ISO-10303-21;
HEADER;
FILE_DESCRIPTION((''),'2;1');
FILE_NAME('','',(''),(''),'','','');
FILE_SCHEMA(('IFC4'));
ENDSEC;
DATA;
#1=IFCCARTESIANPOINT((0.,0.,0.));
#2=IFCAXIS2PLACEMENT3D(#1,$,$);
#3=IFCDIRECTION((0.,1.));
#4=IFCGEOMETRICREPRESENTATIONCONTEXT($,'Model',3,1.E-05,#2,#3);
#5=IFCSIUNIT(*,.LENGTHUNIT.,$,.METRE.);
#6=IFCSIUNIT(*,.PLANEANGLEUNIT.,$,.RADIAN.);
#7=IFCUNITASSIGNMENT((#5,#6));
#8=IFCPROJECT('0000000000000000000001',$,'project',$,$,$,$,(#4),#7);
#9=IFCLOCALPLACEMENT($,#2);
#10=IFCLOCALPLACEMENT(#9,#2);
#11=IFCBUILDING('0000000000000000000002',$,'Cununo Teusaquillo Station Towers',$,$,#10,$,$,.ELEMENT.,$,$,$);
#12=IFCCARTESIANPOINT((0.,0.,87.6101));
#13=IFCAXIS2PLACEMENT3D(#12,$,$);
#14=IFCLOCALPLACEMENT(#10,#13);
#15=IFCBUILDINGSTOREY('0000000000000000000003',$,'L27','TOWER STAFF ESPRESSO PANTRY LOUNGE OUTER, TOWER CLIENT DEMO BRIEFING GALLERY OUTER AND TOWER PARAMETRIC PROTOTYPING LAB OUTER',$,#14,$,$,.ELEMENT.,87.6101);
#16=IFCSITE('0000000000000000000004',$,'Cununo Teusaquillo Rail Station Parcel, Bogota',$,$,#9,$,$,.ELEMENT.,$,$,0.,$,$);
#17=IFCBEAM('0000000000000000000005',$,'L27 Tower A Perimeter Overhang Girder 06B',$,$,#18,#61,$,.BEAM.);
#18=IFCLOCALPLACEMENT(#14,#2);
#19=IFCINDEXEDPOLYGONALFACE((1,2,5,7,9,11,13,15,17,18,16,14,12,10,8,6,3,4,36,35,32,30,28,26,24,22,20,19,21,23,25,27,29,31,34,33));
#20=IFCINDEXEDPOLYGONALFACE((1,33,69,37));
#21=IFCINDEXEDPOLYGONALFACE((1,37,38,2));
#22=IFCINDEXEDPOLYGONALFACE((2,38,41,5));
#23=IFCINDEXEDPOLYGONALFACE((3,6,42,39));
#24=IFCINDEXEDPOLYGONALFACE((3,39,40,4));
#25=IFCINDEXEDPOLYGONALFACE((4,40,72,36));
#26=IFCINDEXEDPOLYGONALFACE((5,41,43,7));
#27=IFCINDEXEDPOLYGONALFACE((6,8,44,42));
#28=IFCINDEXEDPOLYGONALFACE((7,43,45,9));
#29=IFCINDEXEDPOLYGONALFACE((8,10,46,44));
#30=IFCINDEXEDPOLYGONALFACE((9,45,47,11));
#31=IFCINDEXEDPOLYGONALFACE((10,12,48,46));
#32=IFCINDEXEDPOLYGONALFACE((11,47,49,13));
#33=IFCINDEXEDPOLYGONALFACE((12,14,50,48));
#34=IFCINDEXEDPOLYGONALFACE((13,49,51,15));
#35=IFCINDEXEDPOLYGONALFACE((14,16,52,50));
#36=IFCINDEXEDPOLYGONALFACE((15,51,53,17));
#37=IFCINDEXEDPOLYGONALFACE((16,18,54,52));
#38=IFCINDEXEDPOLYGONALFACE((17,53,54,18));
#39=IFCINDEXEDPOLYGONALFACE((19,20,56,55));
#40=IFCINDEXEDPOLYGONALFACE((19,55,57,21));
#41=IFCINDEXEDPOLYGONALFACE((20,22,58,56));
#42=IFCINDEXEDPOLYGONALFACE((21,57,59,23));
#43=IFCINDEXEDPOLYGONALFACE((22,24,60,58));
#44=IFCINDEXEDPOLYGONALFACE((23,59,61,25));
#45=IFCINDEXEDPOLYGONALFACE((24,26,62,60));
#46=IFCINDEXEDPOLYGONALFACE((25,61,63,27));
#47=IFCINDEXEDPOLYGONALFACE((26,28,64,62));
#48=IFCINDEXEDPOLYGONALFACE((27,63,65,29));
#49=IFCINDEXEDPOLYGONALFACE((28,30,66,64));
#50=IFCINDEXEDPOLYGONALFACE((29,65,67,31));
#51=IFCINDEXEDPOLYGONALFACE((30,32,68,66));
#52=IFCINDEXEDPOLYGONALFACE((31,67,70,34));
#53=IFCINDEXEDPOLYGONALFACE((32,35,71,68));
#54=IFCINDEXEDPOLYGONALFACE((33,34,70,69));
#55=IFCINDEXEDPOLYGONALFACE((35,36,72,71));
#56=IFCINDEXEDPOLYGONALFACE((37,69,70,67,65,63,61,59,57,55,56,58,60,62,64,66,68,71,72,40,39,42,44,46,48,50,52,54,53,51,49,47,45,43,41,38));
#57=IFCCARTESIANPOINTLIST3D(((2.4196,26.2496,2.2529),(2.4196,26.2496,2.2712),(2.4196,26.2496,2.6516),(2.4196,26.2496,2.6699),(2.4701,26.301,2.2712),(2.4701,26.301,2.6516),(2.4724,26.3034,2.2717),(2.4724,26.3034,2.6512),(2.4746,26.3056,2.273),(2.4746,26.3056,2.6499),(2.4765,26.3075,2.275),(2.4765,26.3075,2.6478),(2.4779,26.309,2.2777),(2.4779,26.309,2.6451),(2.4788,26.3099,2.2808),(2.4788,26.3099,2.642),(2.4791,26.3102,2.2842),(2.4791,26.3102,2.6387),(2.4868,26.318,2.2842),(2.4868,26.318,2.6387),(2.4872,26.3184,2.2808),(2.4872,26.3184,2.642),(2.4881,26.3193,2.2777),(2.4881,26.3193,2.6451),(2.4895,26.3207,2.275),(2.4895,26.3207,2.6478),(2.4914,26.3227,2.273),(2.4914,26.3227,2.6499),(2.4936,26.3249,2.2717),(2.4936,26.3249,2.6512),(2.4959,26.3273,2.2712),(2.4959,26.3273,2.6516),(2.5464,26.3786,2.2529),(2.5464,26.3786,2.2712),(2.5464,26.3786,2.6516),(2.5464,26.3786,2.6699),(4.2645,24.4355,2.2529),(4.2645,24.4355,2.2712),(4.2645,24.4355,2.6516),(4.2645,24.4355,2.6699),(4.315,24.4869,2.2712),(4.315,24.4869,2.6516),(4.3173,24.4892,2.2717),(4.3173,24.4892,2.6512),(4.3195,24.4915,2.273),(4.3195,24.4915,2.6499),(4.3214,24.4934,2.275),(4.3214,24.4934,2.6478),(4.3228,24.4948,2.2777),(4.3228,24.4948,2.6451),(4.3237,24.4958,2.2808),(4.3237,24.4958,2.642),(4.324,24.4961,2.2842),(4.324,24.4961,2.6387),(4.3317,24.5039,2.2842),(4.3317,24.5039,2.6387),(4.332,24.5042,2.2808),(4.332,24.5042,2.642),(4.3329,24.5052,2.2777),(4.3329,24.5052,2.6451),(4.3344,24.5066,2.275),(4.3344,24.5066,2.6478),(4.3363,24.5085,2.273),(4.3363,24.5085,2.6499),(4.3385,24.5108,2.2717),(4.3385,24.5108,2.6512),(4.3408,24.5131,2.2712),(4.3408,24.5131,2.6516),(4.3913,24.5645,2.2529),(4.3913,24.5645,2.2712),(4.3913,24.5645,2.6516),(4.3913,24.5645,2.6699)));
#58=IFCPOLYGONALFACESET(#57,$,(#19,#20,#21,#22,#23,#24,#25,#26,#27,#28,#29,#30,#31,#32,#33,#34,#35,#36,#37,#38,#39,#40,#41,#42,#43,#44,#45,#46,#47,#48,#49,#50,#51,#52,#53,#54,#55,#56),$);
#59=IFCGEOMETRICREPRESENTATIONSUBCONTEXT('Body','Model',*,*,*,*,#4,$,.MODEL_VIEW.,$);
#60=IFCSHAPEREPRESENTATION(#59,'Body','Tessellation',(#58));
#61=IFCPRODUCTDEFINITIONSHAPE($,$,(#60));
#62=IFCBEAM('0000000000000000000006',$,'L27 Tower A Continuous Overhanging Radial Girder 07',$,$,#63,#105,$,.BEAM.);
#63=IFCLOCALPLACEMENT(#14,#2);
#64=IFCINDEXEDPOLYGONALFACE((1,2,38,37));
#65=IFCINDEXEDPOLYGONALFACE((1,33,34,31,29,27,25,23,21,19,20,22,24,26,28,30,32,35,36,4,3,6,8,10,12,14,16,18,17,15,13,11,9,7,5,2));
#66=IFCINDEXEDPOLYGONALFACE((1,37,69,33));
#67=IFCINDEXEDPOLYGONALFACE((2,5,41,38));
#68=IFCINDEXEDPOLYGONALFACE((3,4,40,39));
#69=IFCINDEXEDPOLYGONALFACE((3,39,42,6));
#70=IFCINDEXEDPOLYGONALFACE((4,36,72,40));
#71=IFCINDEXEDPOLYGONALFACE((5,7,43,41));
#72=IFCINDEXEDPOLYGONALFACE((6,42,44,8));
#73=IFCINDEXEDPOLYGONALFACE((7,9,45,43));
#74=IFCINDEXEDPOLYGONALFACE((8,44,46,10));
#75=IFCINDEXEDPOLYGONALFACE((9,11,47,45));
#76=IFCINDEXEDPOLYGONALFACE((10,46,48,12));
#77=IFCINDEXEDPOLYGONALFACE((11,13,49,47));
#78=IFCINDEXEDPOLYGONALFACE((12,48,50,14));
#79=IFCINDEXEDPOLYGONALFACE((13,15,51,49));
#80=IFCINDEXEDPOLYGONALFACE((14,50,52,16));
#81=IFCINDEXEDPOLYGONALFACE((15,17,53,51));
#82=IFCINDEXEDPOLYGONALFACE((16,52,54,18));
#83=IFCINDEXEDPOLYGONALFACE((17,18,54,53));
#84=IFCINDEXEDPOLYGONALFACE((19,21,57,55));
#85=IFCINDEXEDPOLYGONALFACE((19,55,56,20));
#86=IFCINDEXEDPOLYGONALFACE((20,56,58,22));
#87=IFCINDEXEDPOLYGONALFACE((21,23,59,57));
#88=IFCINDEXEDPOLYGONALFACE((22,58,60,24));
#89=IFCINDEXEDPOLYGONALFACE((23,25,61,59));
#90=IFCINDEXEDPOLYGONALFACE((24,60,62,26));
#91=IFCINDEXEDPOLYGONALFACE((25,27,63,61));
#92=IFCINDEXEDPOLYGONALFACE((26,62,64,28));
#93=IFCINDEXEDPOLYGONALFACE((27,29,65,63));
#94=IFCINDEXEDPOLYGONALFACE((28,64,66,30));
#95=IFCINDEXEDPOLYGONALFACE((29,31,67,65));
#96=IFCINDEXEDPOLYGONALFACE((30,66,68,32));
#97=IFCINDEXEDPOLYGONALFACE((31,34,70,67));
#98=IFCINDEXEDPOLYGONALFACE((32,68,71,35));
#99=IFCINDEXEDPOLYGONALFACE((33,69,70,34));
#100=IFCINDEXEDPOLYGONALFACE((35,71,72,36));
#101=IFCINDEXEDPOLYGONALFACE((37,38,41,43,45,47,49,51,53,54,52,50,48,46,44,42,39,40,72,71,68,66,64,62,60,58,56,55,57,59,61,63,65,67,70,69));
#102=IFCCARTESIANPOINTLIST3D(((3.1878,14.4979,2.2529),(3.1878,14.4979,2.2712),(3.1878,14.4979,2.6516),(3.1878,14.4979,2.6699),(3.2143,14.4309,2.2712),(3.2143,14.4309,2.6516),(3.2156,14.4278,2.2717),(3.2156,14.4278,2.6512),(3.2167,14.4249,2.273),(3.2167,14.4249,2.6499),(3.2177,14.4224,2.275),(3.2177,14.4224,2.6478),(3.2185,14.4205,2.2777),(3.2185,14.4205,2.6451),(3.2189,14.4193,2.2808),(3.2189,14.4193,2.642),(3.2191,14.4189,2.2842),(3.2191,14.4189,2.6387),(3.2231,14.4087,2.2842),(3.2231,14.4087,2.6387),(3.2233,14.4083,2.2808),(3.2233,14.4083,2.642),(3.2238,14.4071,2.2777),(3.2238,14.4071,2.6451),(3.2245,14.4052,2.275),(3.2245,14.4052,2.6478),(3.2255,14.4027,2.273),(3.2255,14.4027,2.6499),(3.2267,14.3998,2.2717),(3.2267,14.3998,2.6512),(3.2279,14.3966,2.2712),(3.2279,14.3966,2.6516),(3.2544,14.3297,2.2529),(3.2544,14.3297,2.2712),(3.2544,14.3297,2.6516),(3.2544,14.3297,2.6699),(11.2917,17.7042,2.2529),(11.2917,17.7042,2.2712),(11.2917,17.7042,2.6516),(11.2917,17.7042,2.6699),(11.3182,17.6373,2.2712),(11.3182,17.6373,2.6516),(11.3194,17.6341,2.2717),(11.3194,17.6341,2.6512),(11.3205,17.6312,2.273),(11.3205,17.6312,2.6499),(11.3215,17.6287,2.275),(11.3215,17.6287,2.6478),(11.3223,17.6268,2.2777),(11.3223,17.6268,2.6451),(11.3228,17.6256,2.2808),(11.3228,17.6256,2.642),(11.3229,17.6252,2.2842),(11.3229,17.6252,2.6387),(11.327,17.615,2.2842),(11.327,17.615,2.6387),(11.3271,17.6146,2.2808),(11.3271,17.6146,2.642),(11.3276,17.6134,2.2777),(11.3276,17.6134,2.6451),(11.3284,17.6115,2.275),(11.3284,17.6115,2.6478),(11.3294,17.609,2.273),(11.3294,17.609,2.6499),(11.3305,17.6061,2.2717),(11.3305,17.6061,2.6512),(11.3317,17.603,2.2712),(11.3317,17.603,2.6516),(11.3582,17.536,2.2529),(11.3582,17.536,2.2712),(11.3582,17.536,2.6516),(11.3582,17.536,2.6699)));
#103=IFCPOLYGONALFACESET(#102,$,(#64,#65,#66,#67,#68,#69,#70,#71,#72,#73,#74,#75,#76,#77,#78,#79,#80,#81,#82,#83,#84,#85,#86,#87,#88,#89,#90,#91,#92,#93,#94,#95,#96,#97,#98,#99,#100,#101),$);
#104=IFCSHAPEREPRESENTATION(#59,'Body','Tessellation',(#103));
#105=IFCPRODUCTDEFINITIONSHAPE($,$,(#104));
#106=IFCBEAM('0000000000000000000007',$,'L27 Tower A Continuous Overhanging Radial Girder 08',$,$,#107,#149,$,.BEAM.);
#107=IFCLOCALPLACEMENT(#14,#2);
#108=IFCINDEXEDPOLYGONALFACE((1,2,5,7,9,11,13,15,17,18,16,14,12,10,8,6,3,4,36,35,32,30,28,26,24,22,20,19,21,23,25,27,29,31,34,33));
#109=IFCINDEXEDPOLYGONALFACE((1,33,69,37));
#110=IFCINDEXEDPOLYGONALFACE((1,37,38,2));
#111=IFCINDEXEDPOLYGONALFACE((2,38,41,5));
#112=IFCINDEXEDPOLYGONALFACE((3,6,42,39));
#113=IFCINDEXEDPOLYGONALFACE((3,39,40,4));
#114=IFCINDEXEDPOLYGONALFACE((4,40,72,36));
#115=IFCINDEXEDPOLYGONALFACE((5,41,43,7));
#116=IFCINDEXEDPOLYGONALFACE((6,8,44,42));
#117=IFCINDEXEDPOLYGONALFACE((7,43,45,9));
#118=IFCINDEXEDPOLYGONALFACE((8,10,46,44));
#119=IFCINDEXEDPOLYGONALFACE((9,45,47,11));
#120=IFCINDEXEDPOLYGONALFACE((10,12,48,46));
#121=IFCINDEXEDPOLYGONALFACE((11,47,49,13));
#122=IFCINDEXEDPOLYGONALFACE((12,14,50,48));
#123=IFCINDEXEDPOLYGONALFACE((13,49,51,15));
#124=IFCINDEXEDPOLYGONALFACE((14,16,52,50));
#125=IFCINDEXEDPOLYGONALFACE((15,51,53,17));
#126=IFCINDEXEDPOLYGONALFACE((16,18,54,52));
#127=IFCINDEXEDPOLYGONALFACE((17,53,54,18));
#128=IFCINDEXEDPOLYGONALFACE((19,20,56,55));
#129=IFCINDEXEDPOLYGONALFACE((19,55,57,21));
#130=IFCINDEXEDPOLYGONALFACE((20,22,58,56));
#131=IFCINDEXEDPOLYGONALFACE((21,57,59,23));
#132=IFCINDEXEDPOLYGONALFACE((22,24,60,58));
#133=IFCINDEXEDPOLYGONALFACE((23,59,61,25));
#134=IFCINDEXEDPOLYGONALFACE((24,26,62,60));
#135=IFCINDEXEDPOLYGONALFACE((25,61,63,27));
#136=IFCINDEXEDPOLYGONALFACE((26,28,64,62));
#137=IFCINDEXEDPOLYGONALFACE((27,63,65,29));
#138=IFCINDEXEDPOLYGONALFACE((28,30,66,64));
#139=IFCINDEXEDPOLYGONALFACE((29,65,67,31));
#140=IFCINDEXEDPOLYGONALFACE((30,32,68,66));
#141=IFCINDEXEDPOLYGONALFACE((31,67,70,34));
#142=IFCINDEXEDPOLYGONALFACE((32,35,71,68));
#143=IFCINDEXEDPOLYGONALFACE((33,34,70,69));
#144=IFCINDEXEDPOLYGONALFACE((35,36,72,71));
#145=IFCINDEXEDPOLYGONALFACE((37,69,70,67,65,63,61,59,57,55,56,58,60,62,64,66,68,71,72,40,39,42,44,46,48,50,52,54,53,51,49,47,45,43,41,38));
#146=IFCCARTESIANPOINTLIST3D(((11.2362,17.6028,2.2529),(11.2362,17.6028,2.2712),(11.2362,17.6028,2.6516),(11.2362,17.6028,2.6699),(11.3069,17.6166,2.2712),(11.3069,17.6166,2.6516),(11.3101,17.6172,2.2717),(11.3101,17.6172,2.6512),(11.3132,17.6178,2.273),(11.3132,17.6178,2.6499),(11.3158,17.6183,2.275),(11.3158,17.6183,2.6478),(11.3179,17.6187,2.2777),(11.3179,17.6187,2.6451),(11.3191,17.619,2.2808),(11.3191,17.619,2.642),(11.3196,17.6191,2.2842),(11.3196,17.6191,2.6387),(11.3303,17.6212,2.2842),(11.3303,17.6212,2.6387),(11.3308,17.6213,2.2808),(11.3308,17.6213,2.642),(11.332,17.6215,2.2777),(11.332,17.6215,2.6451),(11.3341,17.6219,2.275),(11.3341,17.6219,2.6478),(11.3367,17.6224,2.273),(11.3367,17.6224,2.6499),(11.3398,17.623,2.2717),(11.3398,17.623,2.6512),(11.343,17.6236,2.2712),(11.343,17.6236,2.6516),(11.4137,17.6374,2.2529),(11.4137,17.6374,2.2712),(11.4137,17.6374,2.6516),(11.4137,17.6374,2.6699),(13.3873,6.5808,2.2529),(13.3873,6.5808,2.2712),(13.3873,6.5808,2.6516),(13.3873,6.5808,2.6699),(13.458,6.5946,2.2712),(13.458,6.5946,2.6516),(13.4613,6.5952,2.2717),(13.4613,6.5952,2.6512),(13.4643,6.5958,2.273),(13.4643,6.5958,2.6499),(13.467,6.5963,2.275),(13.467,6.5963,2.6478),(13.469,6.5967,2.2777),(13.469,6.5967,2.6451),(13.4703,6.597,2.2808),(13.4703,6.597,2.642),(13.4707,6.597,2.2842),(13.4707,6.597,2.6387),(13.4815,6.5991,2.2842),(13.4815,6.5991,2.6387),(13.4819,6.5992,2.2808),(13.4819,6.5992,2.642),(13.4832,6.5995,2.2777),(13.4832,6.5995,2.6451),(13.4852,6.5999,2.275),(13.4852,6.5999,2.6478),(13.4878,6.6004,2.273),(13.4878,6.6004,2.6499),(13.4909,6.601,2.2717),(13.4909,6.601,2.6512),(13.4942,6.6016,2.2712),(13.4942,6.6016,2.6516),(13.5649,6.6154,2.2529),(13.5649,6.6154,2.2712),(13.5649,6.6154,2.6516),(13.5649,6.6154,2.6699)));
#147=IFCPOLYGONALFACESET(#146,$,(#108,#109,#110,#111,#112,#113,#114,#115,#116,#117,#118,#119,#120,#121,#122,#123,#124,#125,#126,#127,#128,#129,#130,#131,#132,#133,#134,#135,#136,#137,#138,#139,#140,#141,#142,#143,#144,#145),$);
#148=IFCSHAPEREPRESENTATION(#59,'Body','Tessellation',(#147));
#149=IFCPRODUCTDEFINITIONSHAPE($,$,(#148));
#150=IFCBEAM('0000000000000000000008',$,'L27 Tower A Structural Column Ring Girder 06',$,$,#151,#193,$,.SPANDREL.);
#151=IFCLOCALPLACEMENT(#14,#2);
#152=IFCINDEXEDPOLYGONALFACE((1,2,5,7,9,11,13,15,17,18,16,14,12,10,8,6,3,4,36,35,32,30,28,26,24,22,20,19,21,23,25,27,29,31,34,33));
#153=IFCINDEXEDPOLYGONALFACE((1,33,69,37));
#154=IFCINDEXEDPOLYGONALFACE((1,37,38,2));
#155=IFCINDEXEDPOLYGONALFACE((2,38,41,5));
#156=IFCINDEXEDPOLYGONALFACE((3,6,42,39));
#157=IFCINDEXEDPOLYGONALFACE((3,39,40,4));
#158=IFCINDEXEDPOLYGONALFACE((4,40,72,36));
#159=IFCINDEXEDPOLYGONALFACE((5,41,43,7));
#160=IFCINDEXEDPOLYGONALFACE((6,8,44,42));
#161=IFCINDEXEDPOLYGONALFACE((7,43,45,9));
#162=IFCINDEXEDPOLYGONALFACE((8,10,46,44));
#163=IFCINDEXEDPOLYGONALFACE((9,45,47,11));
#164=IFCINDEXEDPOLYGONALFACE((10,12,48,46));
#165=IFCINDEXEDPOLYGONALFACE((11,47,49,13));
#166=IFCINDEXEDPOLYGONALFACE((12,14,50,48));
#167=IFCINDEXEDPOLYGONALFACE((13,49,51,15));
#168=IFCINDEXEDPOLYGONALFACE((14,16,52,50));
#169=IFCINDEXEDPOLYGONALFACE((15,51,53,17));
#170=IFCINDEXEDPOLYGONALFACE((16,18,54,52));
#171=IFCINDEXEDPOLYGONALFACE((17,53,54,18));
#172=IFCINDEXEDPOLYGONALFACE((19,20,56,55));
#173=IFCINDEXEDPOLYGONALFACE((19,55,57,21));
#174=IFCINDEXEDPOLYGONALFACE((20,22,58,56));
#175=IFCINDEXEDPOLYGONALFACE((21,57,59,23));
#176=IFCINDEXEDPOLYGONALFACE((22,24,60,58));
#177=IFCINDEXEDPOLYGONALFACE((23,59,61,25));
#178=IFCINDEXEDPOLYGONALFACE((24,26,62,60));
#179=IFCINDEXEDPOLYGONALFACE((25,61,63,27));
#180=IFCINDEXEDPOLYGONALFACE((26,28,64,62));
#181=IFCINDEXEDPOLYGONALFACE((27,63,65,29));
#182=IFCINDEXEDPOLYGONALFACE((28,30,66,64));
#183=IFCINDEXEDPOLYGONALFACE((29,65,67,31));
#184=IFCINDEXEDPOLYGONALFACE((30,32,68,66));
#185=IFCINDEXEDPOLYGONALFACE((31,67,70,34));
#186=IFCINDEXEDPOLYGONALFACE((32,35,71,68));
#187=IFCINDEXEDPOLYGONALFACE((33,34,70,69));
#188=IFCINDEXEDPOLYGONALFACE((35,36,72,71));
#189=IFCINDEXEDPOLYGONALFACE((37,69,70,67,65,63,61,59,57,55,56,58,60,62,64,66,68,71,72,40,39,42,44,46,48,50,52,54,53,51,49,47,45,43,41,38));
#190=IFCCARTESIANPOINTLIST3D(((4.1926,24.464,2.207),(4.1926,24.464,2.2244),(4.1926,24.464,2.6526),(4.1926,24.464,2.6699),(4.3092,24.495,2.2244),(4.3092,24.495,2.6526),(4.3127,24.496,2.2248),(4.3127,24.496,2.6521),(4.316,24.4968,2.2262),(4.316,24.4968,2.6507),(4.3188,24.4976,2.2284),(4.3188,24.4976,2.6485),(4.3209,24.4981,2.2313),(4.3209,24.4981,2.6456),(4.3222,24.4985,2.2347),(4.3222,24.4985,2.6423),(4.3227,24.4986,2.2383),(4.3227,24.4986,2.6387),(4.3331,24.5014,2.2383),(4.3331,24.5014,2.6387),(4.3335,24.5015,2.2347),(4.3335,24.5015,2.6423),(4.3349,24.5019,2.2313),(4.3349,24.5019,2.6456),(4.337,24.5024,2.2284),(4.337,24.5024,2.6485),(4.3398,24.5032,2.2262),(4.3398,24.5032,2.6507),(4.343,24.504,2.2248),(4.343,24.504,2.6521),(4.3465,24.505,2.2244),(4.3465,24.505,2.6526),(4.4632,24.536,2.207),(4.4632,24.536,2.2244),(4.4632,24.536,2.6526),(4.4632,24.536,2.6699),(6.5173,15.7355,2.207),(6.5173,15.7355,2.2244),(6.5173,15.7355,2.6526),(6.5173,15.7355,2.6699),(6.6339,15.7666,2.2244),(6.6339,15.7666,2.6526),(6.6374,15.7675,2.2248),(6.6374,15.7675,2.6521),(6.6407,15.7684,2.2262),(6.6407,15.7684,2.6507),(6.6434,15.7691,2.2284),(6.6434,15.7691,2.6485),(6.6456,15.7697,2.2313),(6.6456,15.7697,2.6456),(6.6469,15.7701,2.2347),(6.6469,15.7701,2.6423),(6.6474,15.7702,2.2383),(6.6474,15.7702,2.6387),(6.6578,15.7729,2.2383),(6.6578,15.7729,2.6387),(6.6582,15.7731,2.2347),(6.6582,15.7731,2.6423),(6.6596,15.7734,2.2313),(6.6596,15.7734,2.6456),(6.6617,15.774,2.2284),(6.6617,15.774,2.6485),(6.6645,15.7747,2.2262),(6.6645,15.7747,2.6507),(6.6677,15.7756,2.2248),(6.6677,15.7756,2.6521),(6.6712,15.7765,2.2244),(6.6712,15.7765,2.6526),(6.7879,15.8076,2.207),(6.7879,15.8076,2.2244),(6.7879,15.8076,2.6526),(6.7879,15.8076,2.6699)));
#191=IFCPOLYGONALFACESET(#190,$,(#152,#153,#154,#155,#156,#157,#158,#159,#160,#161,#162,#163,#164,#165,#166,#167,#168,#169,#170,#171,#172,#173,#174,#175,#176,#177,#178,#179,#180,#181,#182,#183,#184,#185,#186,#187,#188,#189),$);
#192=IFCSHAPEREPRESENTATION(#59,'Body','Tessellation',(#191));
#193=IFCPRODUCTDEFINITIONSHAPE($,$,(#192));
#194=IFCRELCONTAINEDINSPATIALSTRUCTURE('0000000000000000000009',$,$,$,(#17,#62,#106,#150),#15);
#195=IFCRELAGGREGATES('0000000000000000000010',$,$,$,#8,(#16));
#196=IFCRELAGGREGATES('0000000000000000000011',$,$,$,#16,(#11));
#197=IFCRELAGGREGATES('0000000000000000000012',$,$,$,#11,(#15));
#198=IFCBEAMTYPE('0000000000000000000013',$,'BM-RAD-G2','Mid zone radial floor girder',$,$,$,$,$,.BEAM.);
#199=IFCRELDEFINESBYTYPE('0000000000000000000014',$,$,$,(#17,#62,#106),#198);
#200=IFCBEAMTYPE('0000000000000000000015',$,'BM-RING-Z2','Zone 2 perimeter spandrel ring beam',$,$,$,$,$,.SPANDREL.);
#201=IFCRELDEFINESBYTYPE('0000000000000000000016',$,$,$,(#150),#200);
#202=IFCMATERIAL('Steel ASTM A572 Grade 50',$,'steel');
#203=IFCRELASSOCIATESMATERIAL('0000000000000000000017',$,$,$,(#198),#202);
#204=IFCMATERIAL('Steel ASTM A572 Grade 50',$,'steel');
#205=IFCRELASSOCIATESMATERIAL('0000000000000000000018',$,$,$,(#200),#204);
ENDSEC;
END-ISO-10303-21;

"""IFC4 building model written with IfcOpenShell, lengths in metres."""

from ifc_helpers import new_model, si_unit, direction, frame, origin, origin_2d, place, context, subcontext, project, spatial, i_section, extrude, material, material_profile, profile_set, type_object, element, save


model = new_model("IFC4")

# Units and contexts
model_context = context("Model", 3, precision=1e-05, world=origin(), true_north=direction((0.0, 1.0)))
body_context = subcontext(model_context, "Body", "Model", "MODEL_VIEW")
ifc_project = project(units=[si_unit("LENGTHUNIT", "METRE"), si_unit("PLANEANGLEUNIT", "RADIAN")], contexts=[model_context])

# Site, building, storey
site_placement = place(None, origin())
site = spatial("IfcSite", under=ifc_project, at=site_placement, Name="Cununo Teusaquillo Rail Station Parcel, Bogota", CompositionType="ELEMENT", RefElevation=0.0)
building_placement = place(site_placement, origin())
building = spatial("IfcBuilding", under=site, at=building_placement, Name="Cununo Teusaquillo Station Towers", CompositionType="ELEMENT")
storey_placement = place(building_placement, frame((0.0, 0.0, 87.6101)))
storey = spatial("IfcBuildingStorey", under=building, at=storey_placement, Name="L27", Description="TOWER STAFF ESPRESSO PANTRY LOUNGE OUTER, TOWER CLIENT DEMO BRIEFING GALLERY OUTER AND TOWER PARAMETRIC PROTOTYPING LAB OUTER", CompositionType="ELEMENT", Elevation=87.6101)

# Beams
ifc_material_1 = material(Name="Steel ASTM A572 Grade 50", Category="steel")
ifc_material_profile_1 = material_profile(ifc_material_1, i_section(OverallWidth=0.1809, OverallDepth=0.417, WebThickness=0.011, FlangeThickness=0.0183, FilletRadius=0.0129, at=origin_2d()), Name="W16X57")
ifc_profile_set_1 = profile_set([ifc_material_profile_1], Name="Steel ASTM A572 Grade 50")
beam_type_1 = type_object("IfcBeamType", Name="BM-RAD-G2", Description="Mid zone radial floor girder", PredefinedType="BEAM", material=ifc_profile_set_1)
beam_1_placement = place(storey_placement, frame((4.3279, 24.5, 2.4614), z_axis=(-0.713026, 0.701138, 0.0), x_axis=(-0.701138, -0.713026, 0.0)))
element("IfcBeam", 1, at=beam_1_placement, inside=storey, type_object=beam_type_1, Name="L27 Tower A Perimeter Overhang Girder 06B", PredefinedType="BEAM", context=body_context, shape_type="SweptSolid", body=[
    extrude(i_section(OverallWidth=0.1809, OverallDepth=0.417, WebThickness=0.011, FlangeThickness=0.0183, FilletRadius=0.0129, at=origin_2d()), origin(), (0.0, 0.0, 1.0), 2.5874),
])
beam_2_placement = place(storey_placement, frame((11.325, 17.6201, 2.4614), z_axis=(-0.929863, -0.367906, 0.0), x_axis=(0.367906, -0.929863, 0.0)))
element("IfcBeam", 2, at=beam_2_placement, inside=storey, type_object=beam_type_1, Name="L27 Tower A Continuous Overhanging Radial Girder 07", PredefinedType="BEAM", context=body_context, shape_type="SweptSolid", body=[
    extrude(i_section(OverallWidth=0.1809, OverallDepth=0.417, WebThickness=0.011, FlangeThickness=0.0183, FilletRadius=0.0129, at=origin_2d()), origin(), (0.0, 0.0, 1.0), 8.7151),
])
beam_3_placement = place(storey_placement, frame((11.325, 17.6201, 2.4614), z_axis=(0.191553, -0.981482, 0.0), x_axis=(0.981482, 0.191553, 0.0)))
element("IfcBeam", 3, at=beam_3_placement, inside=storey, type_object=beam_type_1, Name="L27 Tower A Continuous Overhanging Radial Girder 08", PredefinedType="BEAM", context=body_context, shape_type="SweptSolid", body=[
    extrude(i_section(OverallWidth=0.1809, OverallDepth=0.417, WebThickness=0.011, FlangeThickness=0.0183, FilletRadius=0.0129, at=origin_2d()), origin(), (0.0, 0.0, 1.0), 11.23),
])
ifc_material_2 = material(Name="Steel ASTM A572 Grade 50", Category="steel")
ifc_material_profile_2 = material_profile(ifc_material_2, i_section(OverallWidth=0.28, OverallDepth=0.4629, WebThickness=0.0107, FlangeThickness=0.0173, FilletRadius=0.0139, at=origin_2d()), Name="W18X76")
ifc_profile_set_2 = profile_set([ifc_material_profile_2], Name="Steel ASTM A572 Grade 50")
beam_type_2 = type_object("IfcBeamType", Name="BM-RING-Z2", Description="Zone 2 perimeter spandrel ring beam", PredefinedType="SPANDREL", material=ifc_profile_set_2)
beam_4_placement = place(storey_placement, frame((4.3279, 24.5, 2.4385), z_axis=(0.257363, -0.966315, 0.0), x_axis=(0.966315, 0.257363, 0.0)))
element("IfcBeam", 4, at=beam_4_placement, inside=storey, type_object=beam_type_2, Name="L27 Tower A Structural Column Ring Girder 06", PredefinedType="SPANDREL", context=body_context, shape_type="SweptSolid", body=[
    extrude(i_section(OverallWidth=0.28, OverallDepth=0.4629, WebThickness=0.0107, FlangeThickness=0.0173, FilletRadius=0.0139, at=origin_2d()), origin(), (0.0, 0.0, 1.0), 9.0327),
])

save(model, "model.ifc")
